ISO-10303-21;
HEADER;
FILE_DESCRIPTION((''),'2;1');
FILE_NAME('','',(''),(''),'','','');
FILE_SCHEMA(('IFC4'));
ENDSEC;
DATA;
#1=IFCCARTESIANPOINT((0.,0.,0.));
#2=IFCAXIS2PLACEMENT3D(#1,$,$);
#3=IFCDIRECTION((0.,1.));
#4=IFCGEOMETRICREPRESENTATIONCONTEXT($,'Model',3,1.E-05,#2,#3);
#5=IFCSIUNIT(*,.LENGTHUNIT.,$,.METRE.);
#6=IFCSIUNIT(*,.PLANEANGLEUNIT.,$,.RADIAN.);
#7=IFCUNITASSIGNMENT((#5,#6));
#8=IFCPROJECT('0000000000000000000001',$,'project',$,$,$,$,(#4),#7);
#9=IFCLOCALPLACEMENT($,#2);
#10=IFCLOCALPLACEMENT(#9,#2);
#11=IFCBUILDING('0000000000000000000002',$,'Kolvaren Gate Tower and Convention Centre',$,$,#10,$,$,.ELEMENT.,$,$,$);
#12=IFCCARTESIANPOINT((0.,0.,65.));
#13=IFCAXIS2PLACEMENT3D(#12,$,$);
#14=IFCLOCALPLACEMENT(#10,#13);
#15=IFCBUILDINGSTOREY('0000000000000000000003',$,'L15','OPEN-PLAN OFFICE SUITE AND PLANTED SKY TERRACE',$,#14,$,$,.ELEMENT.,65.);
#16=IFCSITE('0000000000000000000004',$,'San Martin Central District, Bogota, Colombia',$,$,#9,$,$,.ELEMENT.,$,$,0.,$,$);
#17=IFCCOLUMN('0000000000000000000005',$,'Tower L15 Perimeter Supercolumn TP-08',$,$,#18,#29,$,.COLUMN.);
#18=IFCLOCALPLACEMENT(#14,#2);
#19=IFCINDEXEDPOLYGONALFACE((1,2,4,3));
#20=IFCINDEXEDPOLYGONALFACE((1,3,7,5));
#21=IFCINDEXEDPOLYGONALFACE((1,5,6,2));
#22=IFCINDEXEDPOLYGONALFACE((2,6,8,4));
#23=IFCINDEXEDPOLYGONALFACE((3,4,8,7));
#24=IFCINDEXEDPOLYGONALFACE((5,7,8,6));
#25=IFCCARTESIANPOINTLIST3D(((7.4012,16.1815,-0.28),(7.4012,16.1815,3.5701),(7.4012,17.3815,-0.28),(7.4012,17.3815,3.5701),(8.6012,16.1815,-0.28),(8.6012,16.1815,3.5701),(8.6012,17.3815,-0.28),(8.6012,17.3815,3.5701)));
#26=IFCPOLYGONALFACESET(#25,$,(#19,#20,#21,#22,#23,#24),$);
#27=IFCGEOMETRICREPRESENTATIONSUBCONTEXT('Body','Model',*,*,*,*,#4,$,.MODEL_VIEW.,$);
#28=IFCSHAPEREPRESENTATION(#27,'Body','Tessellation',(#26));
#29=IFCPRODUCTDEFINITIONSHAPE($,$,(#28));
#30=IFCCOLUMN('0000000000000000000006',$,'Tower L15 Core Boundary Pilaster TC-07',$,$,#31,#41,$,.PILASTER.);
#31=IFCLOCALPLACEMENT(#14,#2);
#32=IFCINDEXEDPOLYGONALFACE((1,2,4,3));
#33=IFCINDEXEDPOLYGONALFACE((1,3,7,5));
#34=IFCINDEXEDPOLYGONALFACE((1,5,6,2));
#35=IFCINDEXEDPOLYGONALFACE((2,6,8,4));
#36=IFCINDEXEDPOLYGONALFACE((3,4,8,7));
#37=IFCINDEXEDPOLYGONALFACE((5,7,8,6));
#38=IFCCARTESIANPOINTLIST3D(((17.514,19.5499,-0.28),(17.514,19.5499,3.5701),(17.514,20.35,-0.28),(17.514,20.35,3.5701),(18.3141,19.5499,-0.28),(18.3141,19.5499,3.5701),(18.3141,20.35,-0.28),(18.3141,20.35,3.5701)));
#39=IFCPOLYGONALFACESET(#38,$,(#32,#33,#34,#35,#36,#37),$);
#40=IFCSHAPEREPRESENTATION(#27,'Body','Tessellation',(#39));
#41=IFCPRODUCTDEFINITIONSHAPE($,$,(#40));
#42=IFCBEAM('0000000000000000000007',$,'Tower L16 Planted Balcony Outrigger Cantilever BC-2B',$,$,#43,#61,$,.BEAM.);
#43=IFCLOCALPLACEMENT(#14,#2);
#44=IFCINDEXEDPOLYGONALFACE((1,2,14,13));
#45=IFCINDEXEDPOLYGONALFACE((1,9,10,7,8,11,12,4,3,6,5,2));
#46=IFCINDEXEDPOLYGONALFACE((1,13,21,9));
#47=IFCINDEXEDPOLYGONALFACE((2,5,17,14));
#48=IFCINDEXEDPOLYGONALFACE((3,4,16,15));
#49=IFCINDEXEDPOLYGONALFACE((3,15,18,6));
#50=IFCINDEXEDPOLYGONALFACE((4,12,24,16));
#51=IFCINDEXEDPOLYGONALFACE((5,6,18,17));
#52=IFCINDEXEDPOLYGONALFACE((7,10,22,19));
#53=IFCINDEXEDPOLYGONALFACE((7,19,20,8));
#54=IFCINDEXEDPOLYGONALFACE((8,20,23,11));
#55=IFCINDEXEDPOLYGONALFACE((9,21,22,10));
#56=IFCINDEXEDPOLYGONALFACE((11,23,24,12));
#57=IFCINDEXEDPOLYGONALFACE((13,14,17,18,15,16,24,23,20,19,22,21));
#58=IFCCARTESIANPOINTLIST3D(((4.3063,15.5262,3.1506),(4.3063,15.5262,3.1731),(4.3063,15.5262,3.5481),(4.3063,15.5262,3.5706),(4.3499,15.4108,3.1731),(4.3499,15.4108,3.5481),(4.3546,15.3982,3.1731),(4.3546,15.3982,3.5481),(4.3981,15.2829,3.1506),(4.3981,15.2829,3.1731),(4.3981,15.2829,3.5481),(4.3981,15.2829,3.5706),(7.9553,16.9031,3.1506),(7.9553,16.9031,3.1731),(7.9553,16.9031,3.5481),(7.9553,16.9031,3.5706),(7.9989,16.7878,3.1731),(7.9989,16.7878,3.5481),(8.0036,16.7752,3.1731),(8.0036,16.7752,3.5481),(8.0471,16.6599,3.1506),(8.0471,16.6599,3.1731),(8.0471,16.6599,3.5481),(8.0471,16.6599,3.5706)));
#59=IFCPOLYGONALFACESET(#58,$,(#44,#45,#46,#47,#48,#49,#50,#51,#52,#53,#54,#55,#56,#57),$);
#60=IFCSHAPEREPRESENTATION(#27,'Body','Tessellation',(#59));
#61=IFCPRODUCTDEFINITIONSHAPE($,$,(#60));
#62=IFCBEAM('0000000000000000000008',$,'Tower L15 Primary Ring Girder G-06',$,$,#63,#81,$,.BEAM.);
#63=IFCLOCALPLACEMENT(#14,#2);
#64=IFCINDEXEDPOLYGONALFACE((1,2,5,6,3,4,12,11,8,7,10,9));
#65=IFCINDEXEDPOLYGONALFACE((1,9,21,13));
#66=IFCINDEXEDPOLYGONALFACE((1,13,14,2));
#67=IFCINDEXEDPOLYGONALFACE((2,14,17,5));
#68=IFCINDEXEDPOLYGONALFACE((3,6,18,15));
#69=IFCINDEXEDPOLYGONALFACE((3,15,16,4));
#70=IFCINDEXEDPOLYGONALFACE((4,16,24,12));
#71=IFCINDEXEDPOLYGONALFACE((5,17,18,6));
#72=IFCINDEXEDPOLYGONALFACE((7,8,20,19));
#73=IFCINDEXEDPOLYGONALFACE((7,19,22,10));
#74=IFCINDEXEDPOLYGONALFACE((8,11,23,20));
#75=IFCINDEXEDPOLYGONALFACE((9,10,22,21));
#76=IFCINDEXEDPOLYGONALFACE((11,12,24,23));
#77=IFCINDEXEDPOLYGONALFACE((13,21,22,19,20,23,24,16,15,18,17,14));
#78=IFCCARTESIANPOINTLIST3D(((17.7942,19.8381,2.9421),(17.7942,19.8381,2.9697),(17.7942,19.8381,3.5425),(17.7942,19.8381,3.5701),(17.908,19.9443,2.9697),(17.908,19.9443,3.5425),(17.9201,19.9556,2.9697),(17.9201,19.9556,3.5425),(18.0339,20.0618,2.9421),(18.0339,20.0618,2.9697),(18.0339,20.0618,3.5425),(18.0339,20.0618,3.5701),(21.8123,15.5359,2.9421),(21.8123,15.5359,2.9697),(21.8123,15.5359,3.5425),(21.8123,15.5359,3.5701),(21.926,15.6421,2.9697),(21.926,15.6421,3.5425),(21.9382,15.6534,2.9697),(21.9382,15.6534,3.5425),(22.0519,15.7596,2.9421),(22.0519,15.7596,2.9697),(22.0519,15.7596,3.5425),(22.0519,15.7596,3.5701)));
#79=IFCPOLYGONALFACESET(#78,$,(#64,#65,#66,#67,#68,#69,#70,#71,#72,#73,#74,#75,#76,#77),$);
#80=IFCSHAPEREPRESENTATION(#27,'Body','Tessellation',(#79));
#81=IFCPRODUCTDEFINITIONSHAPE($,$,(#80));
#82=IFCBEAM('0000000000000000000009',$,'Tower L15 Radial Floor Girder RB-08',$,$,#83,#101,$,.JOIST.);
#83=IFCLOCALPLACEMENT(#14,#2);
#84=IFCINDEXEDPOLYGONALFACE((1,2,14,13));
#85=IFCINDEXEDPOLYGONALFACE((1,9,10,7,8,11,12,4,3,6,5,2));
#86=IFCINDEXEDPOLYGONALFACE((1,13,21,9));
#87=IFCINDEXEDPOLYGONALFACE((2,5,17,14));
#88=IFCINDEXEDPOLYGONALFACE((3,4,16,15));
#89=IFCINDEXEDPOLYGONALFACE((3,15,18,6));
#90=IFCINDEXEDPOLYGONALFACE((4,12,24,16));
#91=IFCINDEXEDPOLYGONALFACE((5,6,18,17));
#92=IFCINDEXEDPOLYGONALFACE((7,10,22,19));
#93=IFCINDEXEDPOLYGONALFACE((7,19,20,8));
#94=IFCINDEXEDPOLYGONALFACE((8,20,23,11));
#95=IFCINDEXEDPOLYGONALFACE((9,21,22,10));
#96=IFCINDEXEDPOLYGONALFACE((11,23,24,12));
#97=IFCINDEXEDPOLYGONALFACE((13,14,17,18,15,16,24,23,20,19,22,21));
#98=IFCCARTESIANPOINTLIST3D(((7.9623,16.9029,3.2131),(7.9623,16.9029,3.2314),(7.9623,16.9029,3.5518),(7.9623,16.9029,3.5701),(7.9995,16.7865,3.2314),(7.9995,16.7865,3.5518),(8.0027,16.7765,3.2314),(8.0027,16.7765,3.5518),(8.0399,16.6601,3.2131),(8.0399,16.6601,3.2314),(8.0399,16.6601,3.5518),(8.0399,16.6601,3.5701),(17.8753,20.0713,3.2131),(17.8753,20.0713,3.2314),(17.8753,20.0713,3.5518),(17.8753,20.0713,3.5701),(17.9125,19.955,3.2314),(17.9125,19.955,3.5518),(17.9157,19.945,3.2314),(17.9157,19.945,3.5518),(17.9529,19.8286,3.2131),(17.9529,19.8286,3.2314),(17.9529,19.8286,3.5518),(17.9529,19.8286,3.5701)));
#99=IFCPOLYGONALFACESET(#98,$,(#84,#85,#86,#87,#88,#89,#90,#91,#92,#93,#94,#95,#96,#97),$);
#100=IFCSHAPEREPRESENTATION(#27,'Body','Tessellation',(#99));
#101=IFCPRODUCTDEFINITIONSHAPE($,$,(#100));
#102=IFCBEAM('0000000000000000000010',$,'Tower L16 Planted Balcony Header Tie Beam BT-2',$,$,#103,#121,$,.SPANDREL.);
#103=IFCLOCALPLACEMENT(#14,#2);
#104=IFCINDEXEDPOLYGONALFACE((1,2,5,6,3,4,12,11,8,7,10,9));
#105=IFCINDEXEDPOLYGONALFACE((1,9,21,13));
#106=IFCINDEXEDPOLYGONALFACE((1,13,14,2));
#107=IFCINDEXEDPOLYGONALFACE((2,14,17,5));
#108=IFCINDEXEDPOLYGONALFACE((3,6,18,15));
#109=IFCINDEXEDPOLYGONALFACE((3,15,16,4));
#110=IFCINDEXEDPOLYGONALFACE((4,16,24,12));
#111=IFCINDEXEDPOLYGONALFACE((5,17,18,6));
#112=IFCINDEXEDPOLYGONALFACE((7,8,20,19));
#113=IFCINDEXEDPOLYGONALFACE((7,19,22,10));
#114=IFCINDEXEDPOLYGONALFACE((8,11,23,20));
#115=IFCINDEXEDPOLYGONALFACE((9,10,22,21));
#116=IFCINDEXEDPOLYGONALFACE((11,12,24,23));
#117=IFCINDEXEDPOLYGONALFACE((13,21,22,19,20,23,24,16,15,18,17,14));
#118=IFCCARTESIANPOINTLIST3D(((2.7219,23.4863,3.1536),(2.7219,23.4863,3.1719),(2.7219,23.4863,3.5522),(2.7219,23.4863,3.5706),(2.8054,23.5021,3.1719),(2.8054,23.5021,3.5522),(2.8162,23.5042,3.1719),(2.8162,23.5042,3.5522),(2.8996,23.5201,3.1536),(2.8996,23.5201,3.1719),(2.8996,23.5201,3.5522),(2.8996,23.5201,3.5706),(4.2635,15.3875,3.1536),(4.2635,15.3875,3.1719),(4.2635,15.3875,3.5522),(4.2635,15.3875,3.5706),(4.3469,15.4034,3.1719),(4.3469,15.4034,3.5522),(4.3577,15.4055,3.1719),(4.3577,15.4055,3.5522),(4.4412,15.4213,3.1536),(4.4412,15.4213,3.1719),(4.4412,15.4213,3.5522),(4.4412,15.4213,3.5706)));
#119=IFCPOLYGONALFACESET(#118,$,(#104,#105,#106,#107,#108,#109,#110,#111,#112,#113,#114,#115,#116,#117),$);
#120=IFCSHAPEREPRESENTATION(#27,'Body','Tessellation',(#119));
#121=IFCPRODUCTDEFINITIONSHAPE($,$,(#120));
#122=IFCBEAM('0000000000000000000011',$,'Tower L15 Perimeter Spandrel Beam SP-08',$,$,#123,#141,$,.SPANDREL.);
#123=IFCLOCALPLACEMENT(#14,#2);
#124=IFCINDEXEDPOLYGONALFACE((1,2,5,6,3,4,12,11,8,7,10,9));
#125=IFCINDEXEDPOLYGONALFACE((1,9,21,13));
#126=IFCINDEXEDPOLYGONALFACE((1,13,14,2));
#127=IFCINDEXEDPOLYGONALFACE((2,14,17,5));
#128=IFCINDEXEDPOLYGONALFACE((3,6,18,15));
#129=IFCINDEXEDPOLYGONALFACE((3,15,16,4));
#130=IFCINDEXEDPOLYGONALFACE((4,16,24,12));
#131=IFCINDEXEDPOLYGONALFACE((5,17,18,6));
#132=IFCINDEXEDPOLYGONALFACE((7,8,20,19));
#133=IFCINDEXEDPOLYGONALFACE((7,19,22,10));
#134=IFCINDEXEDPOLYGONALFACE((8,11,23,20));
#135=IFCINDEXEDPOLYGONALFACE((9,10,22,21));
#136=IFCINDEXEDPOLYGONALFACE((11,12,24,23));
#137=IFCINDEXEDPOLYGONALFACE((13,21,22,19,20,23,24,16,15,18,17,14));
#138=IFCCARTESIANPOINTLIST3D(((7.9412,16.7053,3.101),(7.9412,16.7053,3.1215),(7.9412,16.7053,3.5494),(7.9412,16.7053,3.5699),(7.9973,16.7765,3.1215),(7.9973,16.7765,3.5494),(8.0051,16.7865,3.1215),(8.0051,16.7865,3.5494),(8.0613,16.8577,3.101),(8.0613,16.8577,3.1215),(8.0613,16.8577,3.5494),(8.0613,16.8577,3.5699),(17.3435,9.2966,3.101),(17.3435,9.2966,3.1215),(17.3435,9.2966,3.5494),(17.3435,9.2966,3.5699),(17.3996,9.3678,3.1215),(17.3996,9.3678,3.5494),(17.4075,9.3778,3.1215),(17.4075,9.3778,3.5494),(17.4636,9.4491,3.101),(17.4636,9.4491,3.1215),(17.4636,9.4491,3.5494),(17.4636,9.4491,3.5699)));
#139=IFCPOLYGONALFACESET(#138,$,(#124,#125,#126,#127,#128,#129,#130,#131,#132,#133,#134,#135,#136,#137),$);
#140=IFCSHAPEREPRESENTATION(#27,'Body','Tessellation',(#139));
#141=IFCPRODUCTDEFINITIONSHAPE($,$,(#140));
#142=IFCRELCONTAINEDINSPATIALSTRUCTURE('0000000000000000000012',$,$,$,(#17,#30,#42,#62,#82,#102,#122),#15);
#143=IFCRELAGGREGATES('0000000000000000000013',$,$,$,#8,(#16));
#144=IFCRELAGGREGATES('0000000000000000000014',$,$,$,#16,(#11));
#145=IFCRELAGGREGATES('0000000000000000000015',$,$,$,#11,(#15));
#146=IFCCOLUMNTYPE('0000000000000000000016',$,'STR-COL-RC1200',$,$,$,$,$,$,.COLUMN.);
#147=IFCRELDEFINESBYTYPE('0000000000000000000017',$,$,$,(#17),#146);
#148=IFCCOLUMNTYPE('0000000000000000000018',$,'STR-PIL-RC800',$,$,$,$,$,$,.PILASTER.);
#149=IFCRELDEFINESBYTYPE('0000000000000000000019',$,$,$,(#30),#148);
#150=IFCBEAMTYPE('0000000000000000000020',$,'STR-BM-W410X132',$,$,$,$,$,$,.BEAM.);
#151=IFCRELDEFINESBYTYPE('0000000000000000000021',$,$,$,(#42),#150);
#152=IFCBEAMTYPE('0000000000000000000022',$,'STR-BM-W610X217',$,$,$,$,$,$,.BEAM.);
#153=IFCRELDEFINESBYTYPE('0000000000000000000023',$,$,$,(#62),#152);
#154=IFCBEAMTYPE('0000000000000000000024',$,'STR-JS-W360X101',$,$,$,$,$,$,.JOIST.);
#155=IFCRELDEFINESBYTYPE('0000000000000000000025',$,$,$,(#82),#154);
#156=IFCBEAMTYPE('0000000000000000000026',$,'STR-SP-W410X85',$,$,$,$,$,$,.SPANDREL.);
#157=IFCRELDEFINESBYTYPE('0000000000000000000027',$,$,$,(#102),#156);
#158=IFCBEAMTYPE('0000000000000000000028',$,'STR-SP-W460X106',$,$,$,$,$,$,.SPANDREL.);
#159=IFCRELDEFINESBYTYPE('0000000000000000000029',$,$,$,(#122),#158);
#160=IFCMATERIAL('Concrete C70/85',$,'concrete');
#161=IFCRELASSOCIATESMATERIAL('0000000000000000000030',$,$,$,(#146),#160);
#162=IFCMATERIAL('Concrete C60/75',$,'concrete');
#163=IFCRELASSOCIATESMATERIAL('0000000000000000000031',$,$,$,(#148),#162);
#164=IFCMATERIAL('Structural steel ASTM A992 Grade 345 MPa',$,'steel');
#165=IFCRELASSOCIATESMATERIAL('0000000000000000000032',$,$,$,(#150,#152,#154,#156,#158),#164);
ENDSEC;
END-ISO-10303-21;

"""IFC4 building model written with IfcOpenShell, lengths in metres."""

from ifc_helpers import new_model, si_unit, direction, frame, origin, origin_2d, place, context, subcontext, project, spatial, rectangle, i_section, extrude, material, material_profile, profile_set, type_object, element, save


model = new_model("IFC4")

# Units and contexts
model_context = context("Model", 3, precision=1e-05, world=origin(), true_north=direction((0.0, 1.0)))
body_context = subcontext(model_context, "Body", "Model", "MODEL_VIEW")
ifc_project = project(units=[si_unit("LENGTHUNIT", "METRE"), si_unit("PLANEANGLEUNIT", "RADIAN")], contexts=[model_context])

# Site, building, storey
site_placement = place(None, origin())
site = spatial("IfcSite", under=ifc_project, at=site_placement, Name="San Martin Central District, Bogota, Colombia", CompositionType="ELEMENT", RefElevation=0.0)
building_placement = place(site_placement, origin())
building = spatial("IfcBuilding", under=site, at=building_placement, Name="Kolvaren Gate Tower and Convention Centre", CompositionType="ELEMENT")
storey_placement = place(building_placement, frame((0.0, 0.0, 65.0)))
storey = spatial("IfcBuildingStorey", under=building, at=storey_placement, Name="L15", Description="OPEN-PLAN OFFICE SUITE AND PLANTED SKY TERRACE", CompositionType="ELEMENT", Elevation=65.0)

# Columns
ifc_material_1 = material(Name="Concrete C70/85", Category="concrete")
ifc_material_profile_1 = material_profile(ifc_material_1, rectangle(XDim=1.2, YDim=1.2, at=origin_2d()), Name="RC-COL-1200X1200")
ifc_profile_set_1 = profile_set([ifc_material_profile_1], Name="Concrete C70/85")
column_type_1 = type_object("IfcColumnType", Name="STR-COL-RC1200", PredefinedType="COLUMN", material=ifc_profile_set_1)
column_1_placement = place(storey_placement, frame((8.0012, 16.7815, -0.28), z_axis=(0.0, 0.0, 1.0), x_axis=(1.0, 0.0, 0.0)))
element("IfcColumn", 1, at=column_1_placement, inside=storey, type_object=column_type_1, Name="Tower L15 Perimeter Supercolumn TP-08", PredefinedType="COLUMN", context=body_context, shape_type="SweptSolid", body=[
    extrude(rectangle(XDim=1.2, YDim=1.2, at=origin_2d()), origin(), (0.0, 0.0, 1.0), 3.8501),
])
ifc_material_2 = material(Name="Concrete C60/75", Category="concrete")
ifc_material_profile_2 = material_profile(ifc_material_2, rectangle(XDim=0.8, YDim=0.8, at=origin_2d()), Name="RC-COL-800X800")
ifc_profile_set_2 = profile_set([ifc_material_profile_2], Name="Concrete C60/75")
column_type_2 = type_object("IfcColumnType", Name="STR-PIL-RC800", PredefinedType="PILASTER", material=ifc_profile_set_2)
column_2_placement = place(storey_placement, frame((17.9141, 19.95, -0.28), z_axis=(0.0, 0.0, 1.0), x_axis=(1.0, 0.0, 0.0)))
element("IfcColumn", 2, at=column_2_placement, inside=storey, type_object=column_type_2, Name="Tower L15 Core Boundary Pilaster TC-07", PredefinedType="PILASTER", context=body_context, shape_type="SweptSolid", body=[
    extrude(rectangle(XDim=0.8, YDim=0.8, at=origin_2d()), origin(), (0.0, 0.0, 1.0), 3.8501),
])

# Beams
ifc_material_3 = material(Name="Structural steel ASTM A992 Grade 345 MPa", Category="steel")
ifc_material_profile_3 = material_profile(ifc_material_3, i_section(OverallWidth=0.26, OverallDepth=0.4199, WebThickness=0.0134, FlangeThickness=0.0225, at=origin_2d()), Name="W410X132")
ifc_profile_set_3 = profile_set([ifc_material_profile_3], Name="Structural steel ASTM A992 Grade 345 MPa")
beam_type_1 = type_object("IfcBeamType", Name="STR-BM-W410X132", PredefinedType="BEAM", material=ifc_profile_set_3)
beam_1_placement = place(storey_placement, frame((8.0012, 16.7815, 3.3606), z_axis=(-0.935602, -0.353057, 0.0), x_axis=(0.353057, -0.935602, 0.0)))
element("IfcBeam", 3, at=beam_1_placement, inside=storey, type_object=beam_type_1, Name="Tower L16 Planted Balcony Outrigger Cantilever BC-2B", PredefinedType="BEAM", context=body_context, shape_type="SweptSolid", body=[
    extrude(i_section(OverallWidth=0.26, OverallDepth=0.4199, WebThickness=0.0134, FlangeThickness=0.0225, at=origin_2d()), origin(), (0.0, 0.0, 1.0), 3.9001),
])
ifc_material_profile_4 = material_profile(ifc_material_3, i_section(OverallWidth=0.3279, OverallDepth=0.6279, WebThickness=0.0166, FlangeThickness=0.0276, at=origin_2d()), Name="W610X217")
ifc_profile_set_4 = profile_set([ifc_material_profile_4], Name="Structural steel ASTM A992 Grade 345 MPa")
beam_type_2 = type_object("IfcBeamType", Name="STR-BM-W610X217", PredefinedType="BEAM", material=ifc_profile_set_4)
beam_2_placement = place(storey_placement, frame((17.9141, 19.95, 3.2561), z_axis=(0.682558, -0.730832, 0.0), x_axis=(0.730832, 0.682558, 0.0)))
element("IfcBeam", 4, at=beam_2_placement, inside=storey, type_object=beam_type_2, Name="Tower L15 Primary Ring Girder G-06", PredefinedType="BEAM", context=body_context, shape_type="SweptSolid", body=[
    extrude(i_section(OverallWidth=0.3279, OverallDepth=0.6279, WebThickness=0.0166, FlangeThickness=0.0276, at=origin_2d()), origin(), (0.0, 0.0, 1.0), 5.8867),
])
ifc_material_profile_5 = material_profile(ifc_material_3, i_section(OverallWidth=0.2549, OverallDepth=0.3569, WebThickness=0.0105, FlangeThickness=0.0183, at=origin_2d()), Name="W360X101")
ifc_profile_set_5 = profile_set([ifc_material_profile_5], Name="Structural steel ASTM A992 Grade 345 MPa")
beam_type_3 = type_object("IfcBeamType", Name="STR-JS-W360X101", PredefinedType="JOIST", material=ifc_profile_set_5)
beam_3_placement = place(storey_placement, frame((17.9141, 19.95, 3.3916), z_axis=(-0.952526, -0.304457, 0.0), x_axis=(0.304457, -0.952526, 0.0)))
element("IfcBeam", 5, at=beam_3_placement, inside=storey, type_object=beam_type_3, Name="Tower L15 Radial Floor Girder RB-08", PredefinedType="JOIST", context=body_context, shape_type="SweptSolid", body=[
    extrude(i_section(OverallWidth=0.2549, OverallDepth=0.3569, WebThickness=0.0105, FlangeThickness=0.0183, at=origin_2d()), origin(), (0.0, 0.0, 1.0), 10.407),
])
ifc_material_profile_6 = material_profile(ifc_material_3, i_section(OverallWidth=0.1809, OverallDepth=0.417, WebThickness=0.011, FlangeThickness=0.0183, at=origin_2d()), Name="W410X85")
ifc_profile_set_6 = profile_set([ifc_material_profile_6], Name="Structural steel ASTM A992 Grade 345 MPa")
beam_type_4 = type_object("IfcBeamType", Name="STR-SP-W410X85", PredefinedType="SPANDREL", material=ifc_profile_set_6)
beam_4_placement = place(storey_placement, frame((2.8108, 23.5032, 3.3621), z_axis=(0.186984, -0.982363, 0.0), x_axis=(0.982363, 0.186984, 0.0)))
element("IfcBeam", 6, at=beam_4_placement, inside=storey, type_object=beam_type_4, Name="Tower L16 Planted Balcony Header Tie Beam BT-2", PredefinedType="SPANDREL", context=body_context, shape_type="SweptSolid", body=[
    extrude(i_section(OverallWidth=0.1809, OverallDepth=0.417, WebThickness=0.011, FlangeThickness=0.0183, at=origin_2d()), origin(), (0.0, 0.0, 1.0), 8.2441),
])
ifc_material_profile_7 = material_profile(ifc_material_3, i_section(OverallWidth=0.1941, OverallDepth=0.469, WebThickness=0.0127, FlangeThickness=0.0205, at=origin_2d()), Name="W460X106")
ifc_profile_set_7 = profile_set([ifc_material_profile_7], Name="Structural steel ASTM A992 Grade 345 MPa")
beam_type_5 = type_object("IfcBeamType", Name="STR-SP-W460X106", PredefinedType="SPANDREL", material=ifc_profile_set_7)
beam_5_placement = place(storey_placement, frame((8.0012, 16.7815, 3.3354), z_axis=(0.78546, -0.618913, 0.0), x_axis=(0.618913, 0.78546, 0.0)))
element("IfcBeam", 7, at=beam_5_placement, inside=storey, type_object=beam_type_5, Name="Tower L15 Perimeter Spandrel Beam SP-08", PredefinedType="SPANDREL", context=body_context, shape_type="SweptSolid", body=[
    extrude(i_section(OverallWidth=0.1941, OverallDepth=0.469, WebThickness=0.0127, FlangeThickness=0.0205, at=origin_2d()), origin(), (0.0, 0.0, 1.0), 11.9705),
])

save(model, "model.ifc")
